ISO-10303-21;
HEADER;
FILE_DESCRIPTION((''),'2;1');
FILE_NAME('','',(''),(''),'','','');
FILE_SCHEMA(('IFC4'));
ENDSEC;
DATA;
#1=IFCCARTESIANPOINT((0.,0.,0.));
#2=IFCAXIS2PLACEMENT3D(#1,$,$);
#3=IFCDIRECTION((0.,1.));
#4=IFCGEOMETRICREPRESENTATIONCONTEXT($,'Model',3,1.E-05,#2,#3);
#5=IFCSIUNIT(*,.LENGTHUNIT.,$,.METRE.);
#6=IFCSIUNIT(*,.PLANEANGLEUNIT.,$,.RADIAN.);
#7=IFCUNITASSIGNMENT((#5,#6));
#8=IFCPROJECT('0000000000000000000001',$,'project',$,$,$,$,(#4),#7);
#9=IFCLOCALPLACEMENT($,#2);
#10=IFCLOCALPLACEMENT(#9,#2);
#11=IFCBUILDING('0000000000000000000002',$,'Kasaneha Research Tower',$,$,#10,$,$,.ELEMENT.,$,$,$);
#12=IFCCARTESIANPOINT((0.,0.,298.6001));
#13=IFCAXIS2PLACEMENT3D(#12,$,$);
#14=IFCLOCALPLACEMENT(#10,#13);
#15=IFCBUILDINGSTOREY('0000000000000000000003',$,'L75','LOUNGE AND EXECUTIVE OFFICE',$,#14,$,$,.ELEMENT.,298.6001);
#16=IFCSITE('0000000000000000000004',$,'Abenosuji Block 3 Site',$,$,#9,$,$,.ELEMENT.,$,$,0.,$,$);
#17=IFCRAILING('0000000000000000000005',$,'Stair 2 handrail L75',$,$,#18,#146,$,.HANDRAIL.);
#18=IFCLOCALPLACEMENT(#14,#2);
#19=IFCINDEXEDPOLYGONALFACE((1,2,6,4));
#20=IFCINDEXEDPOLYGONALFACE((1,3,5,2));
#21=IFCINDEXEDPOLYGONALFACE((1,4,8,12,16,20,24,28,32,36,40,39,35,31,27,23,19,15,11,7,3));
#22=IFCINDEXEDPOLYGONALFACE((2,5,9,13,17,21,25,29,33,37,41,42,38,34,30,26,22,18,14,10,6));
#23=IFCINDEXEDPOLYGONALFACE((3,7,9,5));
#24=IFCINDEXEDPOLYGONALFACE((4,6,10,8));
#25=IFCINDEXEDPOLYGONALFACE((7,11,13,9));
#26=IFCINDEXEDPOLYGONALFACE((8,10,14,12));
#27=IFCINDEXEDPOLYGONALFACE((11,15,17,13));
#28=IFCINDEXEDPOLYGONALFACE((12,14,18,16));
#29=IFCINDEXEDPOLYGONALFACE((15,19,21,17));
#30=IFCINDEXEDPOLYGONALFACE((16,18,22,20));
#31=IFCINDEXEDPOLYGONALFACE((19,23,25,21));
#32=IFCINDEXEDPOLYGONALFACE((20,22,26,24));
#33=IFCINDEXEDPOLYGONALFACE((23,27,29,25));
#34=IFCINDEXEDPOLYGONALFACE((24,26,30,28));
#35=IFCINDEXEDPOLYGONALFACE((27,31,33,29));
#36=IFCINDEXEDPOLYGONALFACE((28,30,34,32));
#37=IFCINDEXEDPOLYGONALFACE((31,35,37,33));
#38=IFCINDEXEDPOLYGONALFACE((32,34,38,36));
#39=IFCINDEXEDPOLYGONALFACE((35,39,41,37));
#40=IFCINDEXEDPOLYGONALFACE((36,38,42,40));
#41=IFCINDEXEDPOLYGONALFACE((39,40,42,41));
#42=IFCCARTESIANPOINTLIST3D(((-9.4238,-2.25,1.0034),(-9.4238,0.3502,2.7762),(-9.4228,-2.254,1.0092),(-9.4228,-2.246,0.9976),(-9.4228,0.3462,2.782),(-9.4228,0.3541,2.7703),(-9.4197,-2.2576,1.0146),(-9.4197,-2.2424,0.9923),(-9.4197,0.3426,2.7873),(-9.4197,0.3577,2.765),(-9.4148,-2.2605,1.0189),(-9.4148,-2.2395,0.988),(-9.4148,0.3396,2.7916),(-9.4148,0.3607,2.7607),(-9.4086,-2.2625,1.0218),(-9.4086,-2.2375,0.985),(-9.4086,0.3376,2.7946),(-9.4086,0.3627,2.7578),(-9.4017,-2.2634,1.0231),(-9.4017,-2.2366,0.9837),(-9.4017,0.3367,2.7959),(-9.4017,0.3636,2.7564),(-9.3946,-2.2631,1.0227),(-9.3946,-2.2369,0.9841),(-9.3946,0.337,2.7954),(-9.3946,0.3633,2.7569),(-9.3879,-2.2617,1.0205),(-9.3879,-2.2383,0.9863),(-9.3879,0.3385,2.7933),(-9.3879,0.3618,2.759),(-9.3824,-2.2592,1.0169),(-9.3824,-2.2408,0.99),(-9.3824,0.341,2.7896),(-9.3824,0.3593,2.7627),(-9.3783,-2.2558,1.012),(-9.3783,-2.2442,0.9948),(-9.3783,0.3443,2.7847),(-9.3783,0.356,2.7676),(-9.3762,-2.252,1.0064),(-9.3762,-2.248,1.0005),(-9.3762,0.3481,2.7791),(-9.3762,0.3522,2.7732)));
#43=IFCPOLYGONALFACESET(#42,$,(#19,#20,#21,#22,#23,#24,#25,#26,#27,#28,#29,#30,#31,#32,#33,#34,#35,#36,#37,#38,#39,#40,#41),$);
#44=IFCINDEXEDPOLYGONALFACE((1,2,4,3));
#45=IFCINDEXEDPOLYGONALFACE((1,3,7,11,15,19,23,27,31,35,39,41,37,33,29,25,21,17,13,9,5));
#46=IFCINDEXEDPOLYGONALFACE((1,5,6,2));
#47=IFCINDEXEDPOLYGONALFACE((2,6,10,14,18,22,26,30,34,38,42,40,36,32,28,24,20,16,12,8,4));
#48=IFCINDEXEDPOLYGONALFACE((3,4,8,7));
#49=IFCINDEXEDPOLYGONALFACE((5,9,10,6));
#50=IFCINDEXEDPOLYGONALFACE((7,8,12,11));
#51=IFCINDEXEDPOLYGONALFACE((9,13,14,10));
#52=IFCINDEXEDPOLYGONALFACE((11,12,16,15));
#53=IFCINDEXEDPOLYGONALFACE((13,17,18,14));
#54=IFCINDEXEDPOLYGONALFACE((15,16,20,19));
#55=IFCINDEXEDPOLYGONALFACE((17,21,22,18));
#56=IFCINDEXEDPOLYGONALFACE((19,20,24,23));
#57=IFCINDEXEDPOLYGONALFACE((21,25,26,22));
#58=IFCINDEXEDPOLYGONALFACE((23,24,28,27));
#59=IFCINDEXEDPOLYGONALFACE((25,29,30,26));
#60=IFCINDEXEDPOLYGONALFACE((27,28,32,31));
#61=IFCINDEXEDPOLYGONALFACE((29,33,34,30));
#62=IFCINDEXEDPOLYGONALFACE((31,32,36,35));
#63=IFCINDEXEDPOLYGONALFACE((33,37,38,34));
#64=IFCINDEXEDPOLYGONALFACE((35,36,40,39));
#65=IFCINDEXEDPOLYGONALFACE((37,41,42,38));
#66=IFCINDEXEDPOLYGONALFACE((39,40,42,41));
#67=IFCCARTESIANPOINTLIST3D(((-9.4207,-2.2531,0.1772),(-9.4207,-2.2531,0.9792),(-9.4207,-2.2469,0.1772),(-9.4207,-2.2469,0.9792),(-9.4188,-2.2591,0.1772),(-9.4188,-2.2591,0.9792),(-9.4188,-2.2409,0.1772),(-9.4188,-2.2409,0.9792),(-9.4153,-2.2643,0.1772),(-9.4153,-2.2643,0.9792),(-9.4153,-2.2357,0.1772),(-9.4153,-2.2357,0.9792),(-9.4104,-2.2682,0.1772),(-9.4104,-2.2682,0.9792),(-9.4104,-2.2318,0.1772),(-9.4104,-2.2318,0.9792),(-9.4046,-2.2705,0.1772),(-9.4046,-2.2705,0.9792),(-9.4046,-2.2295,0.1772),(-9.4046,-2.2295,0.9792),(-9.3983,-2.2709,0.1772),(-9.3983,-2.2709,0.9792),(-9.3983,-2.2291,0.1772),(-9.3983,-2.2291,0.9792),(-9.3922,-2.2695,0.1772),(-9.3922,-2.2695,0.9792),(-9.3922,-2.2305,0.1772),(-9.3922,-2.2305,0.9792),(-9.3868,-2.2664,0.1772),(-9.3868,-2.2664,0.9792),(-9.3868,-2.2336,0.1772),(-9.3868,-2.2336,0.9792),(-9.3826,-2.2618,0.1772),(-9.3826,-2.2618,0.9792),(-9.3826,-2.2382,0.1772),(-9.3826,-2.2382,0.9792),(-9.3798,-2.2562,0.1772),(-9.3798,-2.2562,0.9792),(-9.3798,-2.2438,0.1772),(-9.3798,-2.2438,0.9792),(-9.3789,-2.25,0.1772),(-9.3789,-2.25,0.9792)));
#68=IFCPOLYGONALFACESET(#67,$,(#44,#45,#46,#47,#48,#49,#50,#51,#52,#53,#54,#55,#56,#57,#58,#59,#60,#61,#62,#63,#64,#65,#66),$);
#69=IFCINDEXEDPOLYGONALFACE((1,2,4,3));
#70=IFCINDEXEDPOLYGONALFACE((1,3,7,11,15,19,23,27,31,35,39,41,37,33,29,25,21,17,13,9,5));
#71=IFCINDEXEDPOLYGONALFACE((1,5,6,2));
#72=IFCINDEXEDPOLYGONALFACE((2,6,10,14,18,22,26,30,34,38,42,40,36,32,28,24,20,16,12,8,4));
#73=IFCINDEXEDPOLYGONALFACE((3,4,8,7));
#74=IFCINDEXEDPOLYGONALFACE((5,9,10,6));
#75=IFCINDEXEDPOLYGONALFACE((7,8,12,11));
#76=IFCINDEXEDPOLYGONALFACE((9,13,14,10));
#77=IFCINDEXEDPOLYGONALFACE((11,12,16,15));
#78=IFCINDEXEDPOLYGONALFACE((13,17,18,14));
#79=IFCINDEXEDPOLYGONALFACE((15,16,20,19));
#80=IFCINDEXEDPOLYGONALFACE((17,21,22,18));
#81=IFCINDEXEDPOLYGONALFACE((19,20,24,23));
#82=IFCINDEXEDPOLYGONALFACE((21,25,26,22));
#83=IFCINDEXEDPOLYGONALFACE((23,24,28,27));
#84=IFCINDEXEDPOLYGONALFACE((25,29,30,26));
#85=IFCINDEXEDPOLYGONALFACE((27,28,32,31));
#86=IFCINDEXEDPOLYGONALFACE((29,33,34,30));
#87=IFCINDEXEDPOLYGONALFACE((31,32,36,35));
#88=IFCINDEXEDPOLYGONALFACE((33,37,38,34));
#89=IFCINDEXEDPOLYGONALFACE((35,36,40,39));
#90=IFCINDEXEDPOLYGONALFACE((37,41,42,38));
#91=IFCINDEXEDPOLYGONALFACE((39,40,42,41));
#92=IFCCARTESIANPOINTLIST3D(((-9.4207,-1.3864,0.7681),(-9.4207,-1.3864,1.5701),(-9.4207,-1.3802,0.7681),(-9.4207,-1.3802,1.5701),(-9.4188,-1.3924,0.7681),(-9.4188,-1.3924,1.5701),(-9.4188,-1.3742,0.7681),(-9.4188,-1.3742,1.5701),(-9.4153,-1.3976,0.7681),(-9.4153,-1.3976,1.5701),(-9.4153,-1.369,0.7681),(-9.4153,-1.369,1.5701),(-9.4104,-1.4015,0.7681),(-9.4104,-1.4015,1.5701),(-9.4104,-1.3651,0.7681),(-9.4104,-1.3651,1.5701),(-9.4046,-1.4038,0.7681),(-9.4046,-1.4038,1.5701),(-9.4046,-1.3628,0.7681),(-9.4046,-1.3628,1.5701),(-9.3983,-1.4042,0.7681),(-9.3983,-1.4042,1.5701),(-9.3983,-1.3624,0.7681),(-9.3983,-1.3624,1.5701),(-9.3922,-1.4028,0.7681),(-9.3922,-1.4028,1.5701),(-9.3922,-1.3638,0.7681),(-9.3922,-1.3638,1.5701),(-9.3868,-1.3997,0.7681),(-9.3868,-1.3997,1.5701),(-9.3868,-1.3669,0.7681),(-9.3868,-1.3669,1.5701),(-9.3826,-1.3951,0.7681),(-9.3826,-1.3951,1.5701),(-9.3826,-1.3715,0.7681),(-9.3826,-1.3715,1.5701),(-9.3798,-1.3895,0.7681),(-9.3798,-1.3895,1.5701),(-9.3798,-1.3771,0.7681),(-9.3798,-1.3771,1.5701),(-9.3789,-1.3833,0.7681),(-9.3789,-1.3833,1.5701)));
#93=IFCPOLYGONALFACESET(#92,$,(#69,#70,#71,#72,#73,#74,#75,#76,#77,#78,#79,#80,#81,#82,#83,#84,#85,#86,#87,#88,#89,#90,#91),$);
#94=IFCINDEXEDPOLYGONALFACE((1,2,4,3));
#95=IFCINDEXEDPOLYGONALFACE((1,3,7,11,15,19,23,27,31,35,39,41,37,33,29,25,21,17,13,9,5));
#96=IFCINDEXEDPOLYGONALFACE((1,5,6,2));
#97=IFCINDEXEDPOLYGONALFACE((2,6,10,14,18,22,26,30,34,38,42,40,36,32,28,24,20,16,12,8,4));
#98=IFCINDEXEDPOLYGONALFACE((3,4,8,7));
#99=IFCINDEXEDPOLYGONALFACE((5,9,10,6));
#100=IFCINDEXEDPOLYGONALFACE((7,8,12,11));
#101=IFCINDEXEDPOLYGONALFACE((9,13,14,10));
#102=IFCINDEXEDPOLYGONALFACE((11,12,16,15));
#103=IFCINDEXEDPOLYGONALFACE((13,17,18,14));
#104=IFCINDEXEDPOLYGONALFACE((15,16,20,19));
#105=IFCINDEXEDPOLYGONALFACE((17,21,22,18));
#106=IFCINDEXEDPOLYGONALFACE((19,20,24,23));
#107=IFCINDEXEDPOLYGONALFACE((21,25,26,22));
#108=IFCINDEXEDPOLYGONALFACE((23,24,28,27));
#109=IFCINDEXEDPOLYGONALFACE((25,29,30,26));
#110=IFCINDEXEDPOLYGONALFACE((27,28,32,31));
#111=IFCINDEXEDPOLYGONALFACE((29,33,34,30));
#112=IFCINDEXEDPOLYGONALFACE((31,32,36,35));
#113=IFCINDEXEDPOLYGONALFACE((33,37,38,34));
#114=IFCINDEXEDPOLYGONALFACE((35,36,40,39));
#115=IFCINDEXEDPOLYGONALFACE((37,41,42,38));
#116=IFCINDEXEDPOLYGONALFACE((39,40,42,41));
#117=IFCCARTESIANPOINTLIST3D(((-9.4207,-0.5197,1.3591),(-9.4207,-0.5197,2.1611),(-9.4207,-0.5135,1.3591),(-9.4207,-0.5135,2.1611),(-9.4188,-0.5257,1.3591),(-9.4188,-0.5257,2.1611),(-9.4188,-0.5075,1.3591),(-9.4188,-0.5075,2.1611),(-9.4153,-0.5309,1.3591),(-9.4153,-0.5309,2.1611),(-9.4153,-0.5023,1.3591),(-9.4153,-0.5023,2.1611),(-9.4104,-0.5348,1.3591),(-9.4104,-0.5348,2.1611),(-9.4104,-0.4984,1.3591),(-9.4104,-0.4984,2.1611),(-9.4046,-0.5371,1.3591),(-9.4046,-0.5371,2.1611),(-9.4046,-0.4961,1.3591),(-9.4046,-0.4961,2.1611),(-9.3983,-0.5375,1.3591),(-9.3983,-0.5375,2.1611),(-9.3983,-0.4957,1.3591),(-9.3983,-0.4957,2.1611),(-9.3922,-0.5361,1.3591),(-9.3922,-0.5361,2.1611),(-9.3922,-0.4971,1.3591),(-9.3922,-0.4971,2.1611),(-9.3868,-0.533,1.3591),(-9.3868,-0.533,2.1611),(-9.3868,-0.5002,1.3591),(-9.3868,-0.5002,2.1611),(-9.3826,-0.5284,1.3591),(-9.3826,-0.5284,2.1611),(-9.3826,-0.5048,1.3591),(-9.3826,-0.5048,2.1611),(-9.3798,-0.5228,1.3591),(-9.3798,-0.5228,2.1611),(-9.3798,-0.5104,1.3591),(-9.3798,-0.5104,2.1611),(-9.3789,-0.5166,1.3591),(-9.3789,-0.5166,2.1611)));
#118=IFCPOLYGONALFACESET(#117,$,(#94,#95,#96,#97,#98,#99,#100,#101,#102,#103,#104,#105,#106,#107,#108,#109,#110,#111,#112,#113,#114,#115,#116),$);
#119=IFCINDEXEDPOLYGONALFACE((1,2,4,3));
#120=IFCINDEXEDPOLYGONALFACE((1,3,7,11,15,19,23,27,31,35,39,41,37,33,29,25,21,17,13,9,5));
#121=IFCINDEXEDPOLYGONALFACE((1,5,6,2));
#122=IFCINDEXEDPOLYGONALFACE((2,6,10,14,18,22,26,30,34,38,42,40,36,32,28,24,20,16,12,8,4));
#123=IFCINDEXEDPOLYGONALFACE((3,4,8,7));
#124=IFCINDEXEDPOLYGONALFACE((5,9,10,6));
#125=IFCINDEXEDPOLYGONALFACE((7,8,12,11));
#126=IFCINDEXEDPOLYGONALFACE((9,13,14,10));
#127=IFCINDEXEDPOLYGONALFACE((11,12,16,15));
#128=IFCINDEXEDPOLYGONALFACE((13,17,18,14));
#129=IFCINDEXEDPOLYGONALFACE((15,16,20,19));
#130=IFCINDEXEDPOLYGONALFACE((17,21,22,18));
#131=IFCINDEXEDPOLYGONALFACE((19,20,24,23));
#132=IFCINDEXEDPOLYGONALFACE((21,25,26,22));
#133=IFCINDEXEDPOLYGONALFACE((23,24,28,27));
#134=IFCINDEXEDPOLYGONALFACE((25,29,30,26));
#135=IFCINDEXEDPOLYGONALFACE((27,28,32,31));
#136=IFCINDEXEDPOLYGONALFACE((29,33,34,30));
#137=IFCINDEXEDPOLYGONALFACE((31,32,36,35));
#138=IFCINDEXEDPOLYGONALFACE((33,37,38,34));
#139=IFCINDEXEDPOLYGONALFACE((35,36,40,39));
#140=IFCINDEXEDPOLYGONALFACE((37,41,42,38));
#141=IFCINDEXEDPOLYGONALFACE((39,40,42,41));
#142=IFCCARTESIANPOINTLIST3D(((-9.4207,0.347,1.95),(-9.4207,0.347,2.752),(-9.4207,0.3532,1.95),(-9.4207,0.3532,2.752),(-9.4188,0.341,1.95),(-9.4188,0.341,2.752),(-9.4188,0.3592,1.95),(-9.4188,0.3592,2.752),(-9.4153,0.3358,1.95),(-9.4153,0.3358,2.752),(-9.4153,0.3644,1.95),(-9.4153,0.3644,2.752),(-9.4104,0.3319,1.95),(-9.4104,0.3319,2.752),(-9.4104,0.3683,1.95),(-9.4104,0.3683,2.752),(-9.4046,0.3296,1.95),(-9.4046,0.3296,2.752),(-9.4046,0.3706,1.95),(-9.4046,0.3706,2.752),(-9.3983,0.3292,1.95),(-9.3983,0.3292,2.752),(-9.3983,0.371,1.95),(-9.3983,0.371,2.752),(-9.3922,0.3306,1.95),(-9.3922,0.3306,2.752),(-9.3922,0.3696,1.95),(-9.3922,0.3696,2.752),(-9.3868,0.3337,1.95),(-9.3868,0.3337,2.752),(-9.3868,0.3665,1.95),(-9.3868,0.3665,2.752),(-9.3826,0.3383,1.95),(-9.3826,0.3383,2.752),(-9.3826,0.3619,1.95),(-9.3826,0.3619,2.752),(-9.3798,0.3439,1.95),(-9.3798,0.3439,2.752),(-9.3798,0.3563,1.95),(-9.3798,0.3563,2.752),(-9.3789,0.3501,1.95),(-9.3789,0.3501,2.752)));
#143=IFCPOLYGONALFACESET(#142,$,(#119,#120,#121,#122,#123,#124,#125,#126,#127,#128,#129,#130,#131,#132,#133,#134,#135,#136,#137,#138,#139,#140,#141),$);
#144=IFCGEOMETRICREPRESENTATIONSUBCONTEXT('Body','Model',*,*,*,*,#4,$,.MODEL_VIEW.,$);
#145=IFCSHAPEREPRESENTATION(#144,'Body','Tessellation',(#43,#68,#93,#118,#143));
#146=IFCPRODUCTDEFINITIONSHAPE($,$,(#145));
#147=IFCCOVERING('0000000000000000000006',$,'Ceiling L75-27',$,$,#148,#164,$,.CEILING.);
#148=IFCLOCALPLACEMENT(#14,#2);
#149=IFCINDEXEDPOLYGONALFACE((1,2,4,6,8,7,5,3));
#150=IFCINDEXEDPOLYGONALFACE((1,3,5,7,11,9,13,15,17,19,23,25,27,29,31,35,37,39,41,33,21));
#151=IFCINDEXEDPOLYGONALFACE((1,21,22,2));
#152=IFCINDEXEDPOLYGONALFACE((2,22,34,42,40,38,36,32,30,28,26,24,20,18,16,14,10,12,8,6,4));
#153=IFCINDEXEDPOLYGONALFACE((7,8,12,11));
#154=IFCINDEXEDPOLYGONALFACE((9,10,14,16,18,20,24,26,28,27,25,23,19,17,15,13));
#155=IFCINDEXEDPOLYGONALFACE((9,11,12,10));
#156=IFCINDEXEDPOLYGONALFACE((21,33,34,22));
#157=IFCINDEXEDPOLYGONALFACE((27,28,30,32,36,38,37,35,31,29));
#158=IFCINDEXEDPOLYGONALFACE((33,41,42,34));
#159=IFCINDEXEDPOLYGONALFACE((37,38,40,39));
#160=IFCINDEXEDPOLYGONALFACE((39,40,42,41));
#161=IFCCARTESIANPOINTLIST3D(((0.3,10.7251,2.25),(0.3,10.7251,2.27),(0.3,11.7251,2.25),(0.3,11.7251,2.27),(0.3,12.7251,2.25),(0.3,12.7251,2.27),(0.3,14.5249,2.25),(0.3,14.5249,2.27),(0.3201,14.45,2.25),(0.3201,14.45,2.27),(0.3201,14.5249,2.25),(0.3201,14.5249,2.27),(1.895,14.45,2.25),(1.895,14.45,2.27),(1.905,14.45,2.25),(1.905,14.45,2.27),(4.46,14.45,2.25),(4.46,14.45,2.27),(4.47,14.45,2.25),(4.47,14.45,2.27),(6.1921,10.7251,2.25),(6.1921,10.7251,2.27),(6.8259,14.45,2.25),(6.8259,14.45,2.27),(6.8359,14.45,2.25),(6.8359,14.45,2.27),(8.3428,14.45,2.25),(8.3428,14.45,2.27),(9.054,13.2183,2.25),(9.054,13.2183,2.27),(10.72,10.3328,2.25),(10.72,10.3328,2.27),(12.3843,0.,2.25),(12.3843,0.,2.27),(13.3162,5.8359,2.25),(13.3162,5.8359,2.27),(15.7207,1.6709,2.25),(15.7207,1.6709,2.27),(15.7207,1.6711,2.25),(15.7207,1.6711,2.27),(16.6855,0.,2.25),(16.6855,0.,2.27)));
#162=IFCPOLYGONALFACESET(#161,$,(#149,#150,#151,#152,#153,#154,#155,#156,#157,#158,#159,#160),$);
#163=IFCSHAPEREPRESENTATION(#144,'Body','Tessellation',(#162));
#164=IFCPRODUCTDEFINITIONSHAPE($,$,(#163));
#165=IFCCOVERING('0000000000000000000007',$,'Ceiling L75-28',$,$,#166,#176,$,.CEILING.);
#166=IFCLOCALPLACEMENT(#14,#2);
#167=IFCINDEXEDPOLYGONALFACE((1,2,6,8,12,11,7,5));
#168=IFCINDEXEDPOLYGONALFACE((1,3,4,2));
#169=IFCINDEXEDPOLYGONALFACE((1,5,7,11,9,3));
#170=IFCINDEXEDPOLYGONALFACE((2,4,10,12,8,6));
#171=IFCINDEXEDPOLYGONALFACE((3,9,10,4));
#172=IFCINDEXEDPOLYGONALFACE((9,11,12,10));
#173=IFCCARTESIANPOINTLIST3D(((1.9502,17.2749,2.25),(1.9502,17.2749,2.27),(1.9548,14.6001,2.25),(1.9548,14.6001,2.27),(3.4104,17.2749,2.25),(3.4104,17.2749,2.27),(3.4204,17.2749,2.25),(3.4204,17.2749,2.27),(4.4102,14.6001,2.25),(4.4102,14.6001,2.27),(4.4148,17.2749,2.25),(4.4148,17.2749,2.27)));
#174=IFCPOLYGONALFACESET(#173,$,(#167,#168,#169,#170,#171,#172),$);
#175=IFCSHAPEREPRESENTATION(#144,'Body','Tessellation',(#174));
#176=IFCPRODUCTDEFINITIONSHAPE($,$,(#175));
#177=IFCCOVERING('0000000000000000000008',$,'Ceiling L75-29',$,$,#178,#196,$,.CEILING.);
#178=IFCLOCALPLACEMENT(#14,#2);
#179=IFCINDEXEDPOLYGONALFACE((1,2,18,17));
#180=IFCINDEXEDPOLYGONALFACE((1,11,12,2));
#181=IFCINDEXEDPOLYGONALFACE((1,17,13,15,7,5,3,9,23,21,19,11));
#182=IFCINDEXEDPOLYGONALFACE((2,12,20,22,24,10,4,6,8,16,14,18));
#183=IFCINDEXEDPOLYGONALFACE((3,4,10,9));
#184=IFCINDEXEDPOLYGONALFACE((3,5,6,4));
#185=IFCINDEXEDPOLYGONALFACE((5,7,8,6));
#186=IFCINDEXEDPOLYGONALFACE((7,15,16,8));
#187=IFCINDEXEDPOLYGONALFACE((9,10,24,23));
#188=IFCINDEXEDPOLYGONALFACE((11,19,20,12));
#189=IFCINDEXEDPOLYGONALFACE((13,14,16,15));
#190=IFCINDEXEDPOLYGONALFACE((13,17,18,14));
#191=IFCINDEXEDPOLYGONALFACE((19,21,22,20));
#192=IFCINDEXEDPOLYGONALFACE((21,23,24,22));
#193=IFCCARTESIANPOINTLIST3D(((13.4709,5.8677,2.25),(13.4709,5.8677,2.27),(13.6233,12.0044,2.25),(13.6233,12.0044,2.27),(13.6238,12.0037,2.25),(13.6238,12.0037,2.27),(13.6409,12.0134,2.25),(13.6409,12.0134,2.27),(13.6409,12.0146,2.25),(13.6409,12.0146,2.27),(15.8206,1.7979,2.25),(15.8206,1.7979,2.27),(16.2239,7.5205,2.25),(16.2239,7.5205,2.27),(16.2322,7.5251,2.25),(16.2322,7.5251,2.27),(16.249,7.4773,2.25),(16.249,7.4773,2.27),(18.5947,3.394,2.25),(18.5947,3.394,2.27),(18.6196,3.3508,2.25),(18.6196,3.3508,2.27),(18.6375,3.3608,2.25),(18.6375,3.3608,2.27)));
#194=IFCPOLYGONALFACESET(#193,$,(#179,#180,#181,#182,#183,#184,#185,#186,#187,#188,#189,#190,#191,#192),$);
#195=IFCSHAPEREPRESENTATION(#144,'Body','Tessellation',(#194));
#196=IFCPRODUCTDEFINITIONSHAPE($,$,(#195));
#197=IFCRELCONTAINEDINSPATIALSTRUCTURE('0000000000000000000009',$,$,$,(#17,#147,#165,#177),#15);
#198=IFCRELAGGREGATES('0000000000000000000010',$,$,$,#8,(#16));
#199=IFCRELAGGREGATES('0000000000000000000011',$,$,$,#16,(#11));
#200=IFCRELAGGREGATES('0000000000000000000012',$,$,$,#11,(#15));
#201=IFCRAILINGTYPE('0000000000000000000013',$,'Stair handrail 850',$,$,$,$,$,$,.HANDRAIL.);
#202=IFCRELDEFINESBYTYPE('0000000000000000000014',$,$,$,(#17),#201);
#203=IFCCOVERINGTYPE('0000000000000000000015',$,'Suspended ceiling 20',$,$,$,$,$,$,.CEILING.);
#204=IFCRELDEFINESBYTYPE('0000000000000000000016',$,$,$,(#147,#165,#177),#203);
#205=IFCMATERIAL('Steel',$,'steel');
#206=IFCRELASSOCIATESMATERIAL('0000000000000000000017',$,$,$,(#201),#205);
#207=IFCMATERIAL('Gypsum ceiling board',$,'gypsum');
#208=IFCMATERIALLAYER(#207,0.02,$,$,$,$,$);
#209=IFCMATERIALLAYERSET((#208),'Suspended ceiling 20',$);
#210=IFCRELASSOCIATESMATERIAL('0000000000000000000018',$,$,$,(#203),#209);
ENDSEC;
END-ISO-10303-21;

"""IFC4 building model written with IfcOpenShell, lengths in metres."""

from ifc_helpers import new_model, si_unit, direction, frame, origin, origin_2d, place, context, subcontext, project, spatial, polyline, circle, outline, extrude, material, layer, layer_set, type_object, element, save


model = new_model("IFC4")

# Units and contexts
model_context = context("Model", 3, precision=1e-05, world=origin(), true_north=direction((0.0, 1.0)))
body_context = subcontext(model_context, "Body", "Model", "MODEL_VIEW")
ifc_project = project(units=[si_unit("LENGTHUNIT", "METRE"), si_unit("PLANEANGLEUNIT", "RADIAN")], contexts=[model_context])

# Site, building, storey
site_placement = place(None, origin())
site = spatial("IfcSite", under=ifc_project, at=site_placement, Name="Abenosuji Block 3 Site", CompositionType="ELEMENT", RefElevation=0.0)
building_placement = place(site_placement, origin())
building = spatial("IfcBuilding", under=site, at=building_placement, Name="Kasaneha Research Tower", CompositionType="ELEMENT")
storey_placement = place(building_placement, frame((0.0, 0.0, 298.6001)))
storey = spatial("IfcBuildingStorey", under=building, at=storey_placement, Name="L75", Description="LOUNGE AND EXECUTIVE OFFICE", CompositionType="ELEMENT", Elevation=298.6001)

# Railing
ifc_material_1 = material(Name="Steel", Category="steel")
railing_type = type_object("IfcRailingType", Name="Stair handrail 850", PredefinedType="HANDRAIL", material=ifc_material_1)
railing_placement = place(storey_placement, frame((-9.3999, -2.25, 0.1772)))
element("IfcRailing", 1, at=railing_placement, inside=storey, type_object=railing_type, Name="Stair 2 handrail L75", PredefinedType="HANDRAIL", context=body_context, shape_type="SweptSolid", body=[
    extrude(circle(Radius=0.0239, at=origin_2d()), frame((0.0, 0.0, 0.8262), z_axis=(0.0, 0.82624, 0.563318), x_axis=(-1.0, 0.0, 0.0)), (0.0, 0.0, 1.0), 3.147),
    extrude(circle(Radius=0.021, at=origin_2d()), origin(), (0.0, 0.0, 1.0), 0.802),
    extrude(circle(Radius=0.021, at=origin_2d()), frame((0.0, 0.8667, 0.5908)), (0.0, 0.0, 1.0), 0.802),
    extrude(circle(Radius=0.021, at=origin_2d()), frame((0.0, 1.7334, 1.1819)), (0.0, 0.0, 1.0), 0.802),
    extrude(circle(Radius=0.021, at=origin_2d()), frame((0.0, 2.6001, 1.7727)), (0.0, 0.0, 1.0), 0.802),
])

# Coverings
ifc_material_2 = material(Name="Gypsum ceiling board", Category="gypsum")
ifc_layer_1 = layer(ifc_material_2, 0.02)
ifc_layer_set_1 = layer_set([ifc_layer_1], Name="Suspended ceiling 20")
covering_type_1 = type_object("IfcCoveringType", Name="Suspended ceiling 20", PredefinedType="CEILING", material=ifc_layer_set_1)
covering_1_placement = place(storey_placement, frame((0.0, 0.0, 2.25)))
element("IfcCovering", 2, at=covering_1_placement, inside=storey, type_object=covering_type_1, Name="Ceiling L75-27", PredefinedType="CEILING", context=body_context, shape_type="SweptSolid", body=[
    extrude(outline(polyline([(6.1921, 10.7251), (0.3, 10.7251), (0.3, 11.7251), (0.3, 12.7251), (0.3, 14.5249), (0.3201, 14.5249), (0.3201, 14.45), (1.895, 14.45), (1.905, 14.45), (4.46, 14.45), (4.47, 14.45), (6.8259, 14.45), (6.8359, 14.45), (8.3428, 14.45), (9.054, 13.2183), (9.054, 13.2183), (10.72, 10.3328), (10.72, 10.3328), (13.3162, 5.8359), (13.3162, 5.8359), (15.7207, 1.6709), (15.7207, 1.6711), (16.6855, 0.0), (12.3843, 0.0), (6.1921, 10.7251)])), origin(), (0.0, 0.0, 1.0), 0.02),
])
covering_2_placement = place(storey_placement, frame((0.0, 0.0, 2.25)))
element("IfcCovering", 3, at=covering_2_placement, inside=storey, type_object=covering_type_1, Name="Ceiling L75-28", PredefinedType="CEILING", context=body_context, shape_type="SweptSolid", body=[
    extrude(outline(polyline([(1.9502, 17.2749), (3.4104, 17.2749), (3.4204, 17.2749), (4.4148, 17.2749), (4.4102, 14.6001), (1.9548, 14.6001), (1.9502, 17.2749)])), origin(), (0.0, 0.0, 1.0), 0.02),
])
covering_3_placement = place(storey_placement, frame((0.0, 0.0, 2.25)))
element("IfcCovering", 4, at=covering_3_placement, inside=storey, type_object=covering_type_1, Name="Ceiling L75-29", PredefinedType="CEILING", context=body_context, shape_type="SweptSolid", body=[
    extrude(outline(polyline([(16.2322, 7.5251), (13.6409, 12.0134), (13.6238, 12.0037), (13.6233, 12.0044), (13.6409, 12.0146), (18.6375, 3.3608), (18.6196, 3.3508), (18.5947, 3.394), (15.8206, 1.7979), (13.4709, 5.8677), (16.249, 7.4773), (16.2239, 7.5205), (16.2322, 7.5251)])), origin(), (0.0, 0.0, 1.0), 0.02),
])

save(model, "model.ifc")
